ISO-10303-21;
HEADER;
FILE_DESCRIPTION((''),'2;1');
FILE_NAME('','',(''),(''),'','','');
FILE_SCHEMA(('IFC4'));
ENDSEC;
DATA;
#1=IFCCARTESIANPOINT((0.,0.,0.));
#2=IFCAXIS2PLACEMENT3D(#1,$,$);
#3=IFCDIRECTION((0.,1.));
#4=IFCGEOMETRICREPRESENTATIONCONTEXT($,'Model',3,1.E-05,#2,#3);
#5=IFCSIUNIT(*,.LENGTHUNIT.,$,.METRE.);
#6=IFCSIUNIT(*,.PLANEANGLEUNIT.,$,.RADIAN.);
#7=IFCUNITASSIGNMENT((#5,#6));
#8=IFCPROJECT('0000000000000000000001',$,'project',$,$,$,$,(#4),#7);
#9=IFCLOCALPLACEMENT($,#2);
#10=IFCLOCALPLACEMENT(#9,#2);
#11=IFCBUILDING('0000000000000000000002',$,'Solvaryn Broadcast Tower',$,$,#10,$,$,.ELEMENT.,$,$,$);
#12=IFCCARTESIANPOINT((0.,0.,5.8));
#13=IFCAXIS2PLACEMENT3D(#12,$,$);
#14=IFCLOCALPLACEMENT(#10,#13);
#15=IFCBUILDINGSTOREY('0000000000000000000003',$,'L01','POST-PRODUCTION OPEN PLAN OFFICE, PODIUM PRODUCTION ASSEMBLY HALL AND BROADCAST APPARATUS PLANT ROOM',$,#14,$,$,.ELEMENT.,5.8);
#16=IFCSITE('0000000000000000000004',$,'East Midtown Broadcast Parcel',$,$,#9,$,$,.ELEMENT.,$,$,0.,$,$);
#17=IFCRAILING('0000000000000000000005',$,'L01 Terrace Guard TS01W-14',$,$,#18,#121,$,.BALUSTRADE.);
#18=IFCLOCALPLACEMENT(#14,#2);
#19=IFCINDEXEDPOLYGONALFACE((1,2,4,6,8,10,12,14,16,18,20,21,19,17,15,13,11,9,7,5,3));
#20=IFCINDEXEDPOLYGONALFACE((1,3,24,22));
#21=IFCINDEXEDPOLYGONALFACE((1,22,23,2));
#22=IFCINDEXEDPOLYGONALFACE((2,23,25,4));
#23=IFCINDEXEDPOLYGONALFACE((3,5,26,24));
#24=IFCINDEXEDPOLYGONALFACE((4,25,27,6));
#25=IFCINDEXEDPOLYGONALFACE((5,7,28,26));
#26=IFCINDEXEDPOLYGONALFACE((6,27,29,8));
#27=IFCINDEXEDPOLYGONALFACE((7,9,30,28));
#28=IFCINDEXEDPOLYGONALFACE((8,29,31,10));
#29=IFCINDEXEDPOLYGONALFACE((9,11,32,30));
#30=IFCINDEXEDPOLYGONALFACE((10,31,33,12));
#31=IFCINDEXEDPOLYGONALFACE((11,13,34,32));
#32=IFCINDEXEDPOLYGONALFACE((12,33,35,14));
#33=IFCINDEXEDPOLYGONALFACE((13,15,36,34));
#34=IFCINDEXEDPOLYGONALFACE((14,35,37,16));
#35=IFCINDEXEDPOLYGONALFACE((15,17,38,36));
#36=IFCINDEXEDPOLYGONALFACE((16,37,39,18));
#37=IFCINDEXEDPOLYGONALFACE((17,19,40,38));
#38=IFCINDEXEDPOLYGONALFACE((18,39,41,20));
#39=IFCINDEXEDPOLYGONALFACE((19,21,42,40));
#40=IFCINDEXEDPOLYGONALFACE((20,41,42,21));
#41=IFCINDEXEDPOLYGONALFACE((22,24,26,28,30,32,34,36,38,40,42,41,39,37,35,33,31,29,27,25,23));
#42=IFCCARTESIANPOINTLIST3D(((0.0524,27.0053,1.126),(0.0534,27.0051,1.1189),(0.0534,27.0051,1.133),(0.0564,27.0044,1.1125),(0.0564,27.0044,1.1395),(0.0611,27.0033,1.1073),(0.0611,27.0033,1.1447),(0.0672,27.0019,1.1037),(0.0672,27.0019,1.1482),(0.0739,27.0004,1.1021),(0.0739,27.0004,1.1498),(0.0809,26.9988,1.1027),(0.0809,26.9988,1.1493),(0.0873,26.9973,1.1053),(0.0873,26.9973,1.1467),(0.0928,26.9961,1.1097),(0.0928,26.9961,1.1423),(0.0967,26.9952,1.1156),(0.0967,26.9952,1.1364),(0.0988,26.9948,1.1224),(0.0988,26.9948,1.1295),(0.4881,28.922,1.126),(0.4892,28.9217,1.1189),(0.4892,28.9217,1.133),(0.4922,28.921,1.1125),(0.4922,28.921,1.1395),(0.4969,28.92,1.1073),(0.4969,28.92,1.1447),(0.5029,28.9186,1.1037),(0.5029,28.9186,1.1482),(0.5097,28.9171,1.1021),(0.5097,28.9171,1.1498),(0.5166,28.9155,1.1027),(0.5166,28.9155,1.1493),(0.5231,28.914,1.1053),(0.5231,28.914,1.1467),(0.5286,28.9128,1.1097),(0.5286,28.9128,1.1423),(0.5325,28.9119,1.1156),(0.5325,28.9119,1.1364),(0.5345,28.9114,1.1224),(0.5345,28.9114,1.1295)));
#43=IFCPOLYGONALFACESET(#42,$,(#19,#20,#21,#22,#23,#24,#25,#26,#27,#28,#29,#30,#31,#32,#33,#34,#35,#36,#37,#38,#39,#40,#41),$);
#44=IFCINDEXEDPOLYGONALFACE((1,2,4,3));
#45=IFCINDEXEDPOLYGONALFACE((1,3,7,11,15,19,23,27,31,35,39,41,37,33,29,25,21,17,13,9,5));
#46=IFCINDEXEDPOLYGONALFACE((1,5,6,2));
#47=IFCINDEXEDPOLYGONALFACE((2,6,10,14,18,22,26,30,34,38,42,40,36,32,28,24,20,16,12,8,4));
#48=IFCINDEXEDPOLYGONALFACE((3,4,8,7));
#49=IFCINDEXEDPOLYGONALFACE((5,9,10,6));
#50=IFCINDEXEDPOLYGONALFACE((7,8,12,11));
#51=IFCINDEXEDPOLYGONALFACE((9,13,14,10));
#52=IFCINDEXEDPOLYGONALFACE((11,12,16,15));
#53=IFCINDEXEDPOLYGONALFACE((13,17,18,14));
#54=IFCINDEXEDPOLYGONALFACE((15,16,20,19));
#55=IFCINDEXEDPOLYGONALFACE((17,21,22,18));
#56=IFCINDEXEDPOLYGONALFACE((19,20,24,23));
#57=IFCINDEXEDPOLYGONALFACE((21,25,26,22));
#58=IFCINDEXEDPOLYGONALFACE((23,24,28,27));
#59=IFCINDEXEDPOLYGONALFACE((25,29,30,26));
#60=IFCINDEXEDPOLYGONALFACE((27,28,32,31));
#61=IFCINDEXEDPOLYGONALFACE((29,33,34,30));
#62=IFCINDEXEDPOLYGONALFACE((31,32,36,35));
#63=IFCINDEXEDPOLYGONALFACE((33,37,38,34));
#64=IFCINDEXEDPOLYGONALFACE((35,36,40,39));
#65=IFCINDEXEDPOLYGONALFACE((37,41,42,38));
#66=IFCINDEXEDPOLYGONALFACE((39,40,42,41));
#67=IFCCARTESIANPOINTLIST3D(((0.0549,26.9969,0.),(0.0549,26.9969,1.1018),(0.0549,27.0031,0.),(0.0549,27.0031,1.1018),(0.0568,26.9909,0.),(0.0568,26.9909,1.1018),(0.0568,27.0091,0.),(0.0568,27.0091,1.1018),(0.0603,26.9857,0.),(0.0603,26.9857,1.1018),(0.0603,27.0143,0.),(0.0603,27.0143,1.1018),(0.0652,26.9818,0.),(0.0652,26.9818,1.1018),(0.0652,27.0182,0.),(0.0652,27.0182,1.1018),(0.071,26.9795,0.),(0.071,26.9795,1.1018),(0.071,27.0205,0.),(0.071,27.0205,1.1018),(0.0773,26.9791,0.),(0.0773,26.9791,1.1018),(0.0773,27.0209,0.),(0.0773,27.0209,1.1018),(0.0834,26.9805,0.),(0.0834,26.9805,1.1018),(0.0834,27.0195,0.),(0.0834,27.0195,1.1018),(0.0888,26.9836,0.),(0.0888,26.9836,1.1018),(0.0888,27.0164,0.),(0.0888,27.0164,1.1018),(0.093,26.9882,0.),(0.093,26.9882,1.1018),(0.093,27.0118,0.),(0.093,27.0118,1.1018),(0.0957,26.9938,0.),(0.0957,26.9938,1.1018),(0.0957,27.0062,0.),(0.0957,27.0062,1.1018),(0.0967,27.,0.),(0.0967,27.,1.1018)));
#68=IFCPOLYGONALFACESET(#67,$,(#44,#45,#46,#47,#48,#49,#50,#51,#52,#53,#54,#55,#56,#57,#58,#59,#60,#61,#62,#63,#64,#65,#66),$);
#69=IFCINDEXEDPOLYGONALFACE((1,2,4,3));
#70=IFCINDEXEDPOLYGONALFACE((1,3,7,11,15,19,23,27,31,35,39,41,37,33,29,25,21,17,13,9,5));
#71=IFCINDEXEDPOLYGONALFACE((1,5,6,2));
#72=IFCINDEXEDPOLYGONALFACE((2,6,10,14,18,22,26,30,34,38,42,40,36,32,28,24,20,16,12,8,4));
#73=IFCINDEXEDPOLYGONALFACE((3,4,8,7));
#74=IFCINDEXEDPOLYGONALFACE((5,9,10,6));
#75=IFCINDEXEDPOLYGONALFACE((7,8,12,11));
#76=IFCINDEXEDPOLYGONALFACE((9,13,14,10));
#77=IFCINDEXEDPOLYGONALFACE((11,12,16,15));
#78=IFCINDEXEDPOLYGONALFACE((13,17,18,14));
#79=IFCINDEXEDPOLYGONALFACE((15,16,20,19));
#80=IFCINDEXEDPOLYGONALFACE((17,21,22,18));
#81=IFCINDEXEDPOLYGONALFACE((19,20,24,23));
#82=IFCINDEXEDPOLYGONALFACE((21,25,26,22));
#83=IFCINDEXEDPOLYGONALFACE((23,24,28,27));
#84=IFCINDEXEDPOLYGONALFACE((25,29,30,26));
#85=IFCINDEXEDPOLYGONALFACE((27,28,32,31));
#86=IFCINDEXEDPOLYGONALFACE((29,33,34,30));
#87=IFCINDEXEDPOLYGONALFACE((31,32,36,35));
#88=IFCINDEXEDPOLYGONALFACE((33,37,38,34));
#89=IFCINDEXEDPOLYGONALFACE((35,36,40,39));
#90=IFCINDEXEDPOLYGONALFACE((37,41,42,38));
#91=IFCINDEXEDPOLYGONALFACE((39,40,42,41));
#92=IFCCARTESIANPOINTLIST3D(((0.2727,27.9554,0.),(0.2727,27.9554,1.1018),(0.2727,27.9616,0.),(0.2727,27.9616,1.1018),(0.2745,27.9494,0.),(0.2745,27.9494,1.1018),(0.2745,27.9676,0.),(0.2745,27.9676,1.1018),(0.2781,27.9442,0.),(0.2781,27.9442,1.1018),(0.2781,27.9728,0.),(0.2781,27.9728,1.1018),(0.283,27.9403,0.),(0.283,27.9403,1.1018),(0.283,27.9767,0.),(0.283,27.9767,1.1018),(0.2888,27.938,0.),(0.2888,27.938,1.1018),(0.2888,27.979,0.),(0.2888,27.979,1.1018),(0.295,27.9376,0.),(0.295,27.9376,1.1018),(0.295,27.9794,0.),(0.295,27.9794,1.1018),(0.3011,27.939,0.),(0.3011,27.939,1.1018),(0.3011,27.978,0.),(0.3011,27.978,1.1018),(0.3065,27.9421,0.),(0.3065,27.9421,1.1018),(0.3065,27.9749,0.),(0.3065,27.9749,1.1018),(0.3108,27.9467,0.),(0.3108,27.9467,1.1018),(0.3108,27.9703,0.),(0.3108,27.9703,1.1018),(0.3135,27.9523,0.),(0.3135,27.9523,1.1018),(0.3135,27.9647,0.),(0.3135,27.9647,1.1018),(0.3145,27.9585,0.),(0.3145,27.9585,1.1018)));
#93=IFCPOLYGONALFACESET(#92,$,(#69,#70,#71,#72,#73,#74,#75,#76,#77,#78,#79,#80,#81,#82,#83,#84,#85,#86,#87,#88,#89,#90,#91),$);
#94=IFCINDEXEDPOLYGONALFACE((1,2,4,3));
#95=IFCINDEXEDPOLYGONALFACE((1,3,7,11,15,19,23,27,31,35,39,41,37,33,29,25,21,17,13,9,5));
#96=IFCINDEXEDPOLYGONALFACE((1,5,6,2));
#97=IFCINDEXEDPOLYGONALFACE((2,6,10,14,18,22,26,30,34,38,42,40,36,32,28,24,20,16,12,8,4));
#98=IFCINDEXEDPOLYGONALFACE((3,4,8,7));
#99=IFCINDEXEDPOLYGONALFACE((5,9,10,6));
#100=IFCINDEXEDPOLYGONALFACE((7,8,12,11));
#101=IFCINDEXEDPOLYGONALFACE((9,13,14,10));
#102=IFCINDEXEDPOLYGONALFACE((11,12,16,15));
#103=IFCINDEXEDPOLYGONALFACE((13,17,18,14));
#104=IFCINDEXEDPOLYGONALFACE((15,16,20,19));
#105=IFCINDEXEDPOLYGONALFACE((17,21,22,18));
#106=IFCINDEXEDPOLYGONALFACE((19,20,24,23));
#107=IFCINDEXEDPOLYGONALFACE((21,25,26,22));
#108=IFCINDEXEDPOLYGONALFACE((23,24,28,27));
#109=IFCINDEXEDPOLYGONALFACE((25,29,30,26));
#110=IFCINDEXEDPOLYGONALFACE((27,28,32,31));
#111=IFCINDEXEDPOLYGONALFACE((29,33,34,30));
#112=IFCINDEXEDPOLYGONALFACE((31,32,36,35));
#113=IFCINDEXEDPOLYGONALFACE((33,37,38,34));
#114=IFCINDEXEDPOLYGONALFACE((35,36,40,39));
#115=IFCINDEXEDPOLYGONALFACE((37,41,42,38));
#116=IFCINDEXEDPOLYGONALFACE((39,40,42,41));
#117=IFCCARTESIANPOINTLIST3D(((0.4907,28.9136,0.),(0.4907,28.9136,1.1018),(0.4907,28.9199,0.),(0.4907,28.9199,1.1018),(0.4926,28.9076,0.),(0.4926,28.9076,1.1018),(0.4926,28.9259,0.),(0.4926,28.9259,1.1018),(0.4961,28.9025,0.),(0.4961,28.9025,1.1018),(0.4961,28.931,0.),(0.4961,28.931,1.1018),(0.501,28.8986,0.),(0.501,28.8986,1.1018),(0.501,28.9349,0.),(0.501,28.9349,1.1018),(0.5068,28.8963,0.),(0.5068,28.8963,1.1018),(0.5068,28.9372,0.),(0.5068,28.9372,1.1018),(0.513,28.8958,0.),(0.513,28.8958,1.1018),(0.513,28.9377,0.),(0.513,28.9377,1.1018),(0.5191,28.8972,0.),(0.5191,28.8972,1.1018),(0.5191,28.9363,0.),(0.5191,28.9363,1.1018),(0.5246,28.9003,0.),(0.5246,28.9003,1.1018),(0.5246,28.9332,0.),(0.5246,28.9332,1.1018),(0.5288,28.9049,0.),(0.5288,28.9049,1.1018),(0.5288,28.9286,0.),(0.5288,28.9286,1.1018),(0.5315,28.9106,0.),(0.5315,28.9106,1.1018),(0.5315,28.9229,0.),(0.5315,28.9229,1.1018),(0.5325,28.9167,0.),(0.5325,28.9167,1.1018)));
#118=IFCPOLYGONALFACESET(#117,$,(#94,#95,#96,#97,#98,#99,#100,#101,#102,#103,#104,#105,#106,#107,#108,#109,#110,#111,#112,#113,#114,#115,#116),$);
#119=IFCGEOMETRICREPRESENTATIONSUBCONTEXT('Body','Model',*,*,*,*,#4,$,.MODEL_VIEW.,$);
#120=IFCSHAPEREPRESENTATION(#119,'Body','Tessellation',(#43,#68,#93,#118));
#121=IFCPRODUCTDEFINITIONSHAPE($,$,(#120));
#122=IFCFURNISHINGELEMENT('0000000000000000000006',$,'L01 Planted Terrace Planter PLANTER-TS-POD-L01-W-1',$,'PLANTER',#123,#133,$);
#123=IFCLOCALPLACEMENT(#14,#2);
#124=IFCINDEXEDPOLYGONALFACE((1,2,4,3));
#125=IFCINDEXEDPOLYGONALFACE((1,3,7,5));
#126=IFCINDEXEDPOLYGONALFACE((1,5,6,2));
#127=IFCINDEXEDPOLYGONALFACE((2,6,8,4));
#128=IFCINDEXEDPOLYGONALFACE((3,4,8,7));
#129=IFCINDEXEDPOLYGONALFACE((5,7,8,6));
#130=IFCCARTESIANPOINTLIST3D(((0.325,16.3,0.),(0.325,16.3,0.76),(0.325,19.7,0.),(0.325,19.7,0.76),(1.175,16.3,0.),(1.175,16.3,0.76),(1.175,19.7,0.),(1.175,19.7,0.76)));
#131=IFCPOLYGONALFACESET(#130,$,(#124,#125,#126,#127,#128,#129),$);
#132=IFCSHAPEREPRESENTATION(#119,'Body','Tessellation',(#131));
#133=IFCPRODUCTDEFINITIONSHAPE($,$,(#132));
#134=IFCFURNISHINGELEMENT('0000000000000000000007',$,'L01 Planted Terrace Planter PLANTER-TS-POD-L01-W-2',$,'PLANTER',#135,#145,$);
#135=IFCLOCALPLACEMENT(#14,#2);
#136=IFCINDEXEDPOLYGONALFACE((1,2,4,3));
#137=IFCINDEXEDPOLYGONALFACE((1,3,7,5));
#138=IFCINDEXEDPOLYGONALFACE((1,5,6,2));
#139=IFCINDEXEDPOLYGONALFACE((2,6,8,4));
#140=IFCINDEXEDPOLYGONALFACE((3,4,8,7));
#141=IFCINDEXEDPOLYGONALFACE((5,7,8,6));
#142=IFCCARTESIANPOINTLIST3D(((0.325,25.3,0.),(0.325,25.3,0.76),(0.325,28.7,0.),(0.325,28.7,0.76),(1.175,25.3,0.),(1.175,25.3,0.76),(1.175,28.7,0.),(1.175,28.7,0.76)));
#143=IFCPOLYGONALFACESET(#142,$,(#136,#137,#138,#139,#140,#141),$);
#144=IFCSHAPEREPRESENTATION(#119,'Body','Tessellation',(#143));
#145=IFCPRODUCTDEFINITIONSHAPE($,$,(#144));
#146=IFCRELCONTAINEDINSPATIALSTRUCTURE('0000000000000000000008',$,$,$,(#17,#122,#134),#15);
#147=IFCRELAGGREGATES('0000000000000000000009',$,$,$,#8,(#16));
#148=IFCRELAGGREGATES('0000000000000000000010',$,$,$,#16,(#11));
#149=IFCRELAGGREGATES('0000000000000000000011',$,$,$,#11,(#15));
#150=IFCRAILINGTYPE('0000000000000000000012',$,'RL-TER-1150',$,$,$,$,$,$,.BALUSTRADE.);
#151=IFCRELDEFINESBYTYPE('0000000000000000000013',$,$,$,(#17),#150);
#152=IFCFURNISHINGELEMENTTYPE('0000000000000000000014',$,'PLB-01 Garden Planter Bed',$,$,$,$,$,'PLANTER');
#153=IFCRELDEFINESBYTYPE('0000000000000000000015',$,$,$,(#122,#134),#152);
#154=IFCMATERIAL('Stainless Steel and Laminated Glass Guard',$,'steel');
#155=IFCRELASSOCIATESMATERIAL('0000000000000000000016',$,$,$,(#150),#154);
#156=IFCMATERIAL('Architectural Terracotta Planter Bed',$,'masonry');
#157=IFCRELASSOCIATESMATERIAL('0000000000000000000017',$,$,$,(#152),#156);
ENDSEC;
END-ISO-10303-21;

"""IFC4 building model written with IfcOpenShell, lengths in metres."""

from ifc_helpers import new_model, si_unit, direction, frame, origin, origin_2d, place, context, subcontext, project, spatial, rectangle, circle, extrude, material, type_object, element, save


model = new_model("IFC4")

# Units and contexts
model_context = context("Model", 3, precision=1e-05, world=origin(), true_north=direction((0.0, 1.0)))
body_context = subcontext(model_context, "Body", "Model", "MODEL_VIEW")
ifc_project = project(units=[si_unit("LENGTHUNIT", "METRE"), si_unit("PLANEANGLEUNIT", "RADIAN")], contexts=[model_context])

# Site, building, storey
site_placement = place(None, origin())
site = spatial("IfcSite", under=ifc_project, at=site_placement, Name="East Midtown Broadcast Parcel", CompositionType="ELEMENT", RefElevation=0.0)
building_placement = place(site_placement, origin())
building = spatial("IfcBuilding", under=site, at=building_placement, Name="Solvaryn Broadcast Tower", CompositionType="ELEMENT")
storey_placement = place(building_placement, frame((0.0, 0.0, 5.8)))
storey = spatial("IfcBuildingStorey", under=building, at=storey_placement, Name="L01", Description="POST-PRODUCTION OPEN PLAN OFFICE, PODIUM PRODUCTION ASSEMBLY HALL AND BROADCAST APPARATUS PLANT ROOM", CompositionType="ELEMENT", Elevation=5.8)

# Railing
ifc_material_1 = material(Name="Stainless Steel and Laminated Glass Guard", Category="steel")
railing_type = type_object("IfcRailingType", Name="RL-TER-1150", PredefinedType="BALUSTRADE", material=ifc_material_1)
railing_1_placement = place(storey_placement, frame((0.0757, 27.0, 0.0)))
element("IfcRailing", 1, at=railing_1_placement, inside=storey, type_object=railing_type, Name="L01 Terrace Guard TS01W-14", PredefinedType="BALUSTRADE", context=body_context, shape_type="SweptSolid", body=[
    extrude(circle(Radius=0.0239, at=origin_2d()), frame((0.0, 0.0, 1.126), z_axis=(0.221702, 0.975115, 0.0), x_axis=(-0.975115, 0.221702, 0.0)), (0.0, 0.0, 1.0), 1.9656),
    extrude(circle(Radius=0.021, at=origin_2d()), origin(), (0.0, 0.0, 1.0), 1.1018),
    extrude(circle(Radius=0.021, at=origin_2d()), frame((0.2178, 0.9585, 0.0)), (0.0, 0.0, 1.0), 1.1018),
    extrude(circle(Radius=0.021, at=origin_2d()), frame((0.4358, 1.9167, 0.0)), (0.0, 0.0, 1.0), 1.1018),
])

# Furnishing elements
ifc_material_2 = material(Name="Architectural Terracotta Planter Bed", Category="masonry")
furnishing_element_type = type_object("IfcFurnishingElementType", Name="PLB-01 Garden Planter Bed", ElementType="PLANTER", material=ifc_material_2)
for number, where, z_axis, x_axis, name in (
    (2, (0.75, 18.0, 0.0), (0.0, 0.0, 1.0), (1.0, 0.0, 0.0), "L01 Planted Terrace Planter PLANTER-TS-POD-L01-W-1"),
    (3, (0.75, 27.0, 0.0), (0.0, 0.0, 1.0), (1.0, 0.0, 0.0), "L01 Planted Terrace Planter PLANTER-TS-POD-L01-W-2"),
):
    element("IfcFurnishingElement", number, at=place(storey_placement, frame(where, z_axis=z_axis, x_axis=x_axis)), inside=storey, type_object=furnishing_element_type, Name=name, ObjectType="PLANTER", context=body_context, shape_type="SweptSolid", body=[
        extrude(rectangle(XDim=0.8501, YDim=3.3999, at=origin_2d()), origin(), (0.0, 0.0, 1.0), 0.76),
    ])

save(model, "model.ifc")
